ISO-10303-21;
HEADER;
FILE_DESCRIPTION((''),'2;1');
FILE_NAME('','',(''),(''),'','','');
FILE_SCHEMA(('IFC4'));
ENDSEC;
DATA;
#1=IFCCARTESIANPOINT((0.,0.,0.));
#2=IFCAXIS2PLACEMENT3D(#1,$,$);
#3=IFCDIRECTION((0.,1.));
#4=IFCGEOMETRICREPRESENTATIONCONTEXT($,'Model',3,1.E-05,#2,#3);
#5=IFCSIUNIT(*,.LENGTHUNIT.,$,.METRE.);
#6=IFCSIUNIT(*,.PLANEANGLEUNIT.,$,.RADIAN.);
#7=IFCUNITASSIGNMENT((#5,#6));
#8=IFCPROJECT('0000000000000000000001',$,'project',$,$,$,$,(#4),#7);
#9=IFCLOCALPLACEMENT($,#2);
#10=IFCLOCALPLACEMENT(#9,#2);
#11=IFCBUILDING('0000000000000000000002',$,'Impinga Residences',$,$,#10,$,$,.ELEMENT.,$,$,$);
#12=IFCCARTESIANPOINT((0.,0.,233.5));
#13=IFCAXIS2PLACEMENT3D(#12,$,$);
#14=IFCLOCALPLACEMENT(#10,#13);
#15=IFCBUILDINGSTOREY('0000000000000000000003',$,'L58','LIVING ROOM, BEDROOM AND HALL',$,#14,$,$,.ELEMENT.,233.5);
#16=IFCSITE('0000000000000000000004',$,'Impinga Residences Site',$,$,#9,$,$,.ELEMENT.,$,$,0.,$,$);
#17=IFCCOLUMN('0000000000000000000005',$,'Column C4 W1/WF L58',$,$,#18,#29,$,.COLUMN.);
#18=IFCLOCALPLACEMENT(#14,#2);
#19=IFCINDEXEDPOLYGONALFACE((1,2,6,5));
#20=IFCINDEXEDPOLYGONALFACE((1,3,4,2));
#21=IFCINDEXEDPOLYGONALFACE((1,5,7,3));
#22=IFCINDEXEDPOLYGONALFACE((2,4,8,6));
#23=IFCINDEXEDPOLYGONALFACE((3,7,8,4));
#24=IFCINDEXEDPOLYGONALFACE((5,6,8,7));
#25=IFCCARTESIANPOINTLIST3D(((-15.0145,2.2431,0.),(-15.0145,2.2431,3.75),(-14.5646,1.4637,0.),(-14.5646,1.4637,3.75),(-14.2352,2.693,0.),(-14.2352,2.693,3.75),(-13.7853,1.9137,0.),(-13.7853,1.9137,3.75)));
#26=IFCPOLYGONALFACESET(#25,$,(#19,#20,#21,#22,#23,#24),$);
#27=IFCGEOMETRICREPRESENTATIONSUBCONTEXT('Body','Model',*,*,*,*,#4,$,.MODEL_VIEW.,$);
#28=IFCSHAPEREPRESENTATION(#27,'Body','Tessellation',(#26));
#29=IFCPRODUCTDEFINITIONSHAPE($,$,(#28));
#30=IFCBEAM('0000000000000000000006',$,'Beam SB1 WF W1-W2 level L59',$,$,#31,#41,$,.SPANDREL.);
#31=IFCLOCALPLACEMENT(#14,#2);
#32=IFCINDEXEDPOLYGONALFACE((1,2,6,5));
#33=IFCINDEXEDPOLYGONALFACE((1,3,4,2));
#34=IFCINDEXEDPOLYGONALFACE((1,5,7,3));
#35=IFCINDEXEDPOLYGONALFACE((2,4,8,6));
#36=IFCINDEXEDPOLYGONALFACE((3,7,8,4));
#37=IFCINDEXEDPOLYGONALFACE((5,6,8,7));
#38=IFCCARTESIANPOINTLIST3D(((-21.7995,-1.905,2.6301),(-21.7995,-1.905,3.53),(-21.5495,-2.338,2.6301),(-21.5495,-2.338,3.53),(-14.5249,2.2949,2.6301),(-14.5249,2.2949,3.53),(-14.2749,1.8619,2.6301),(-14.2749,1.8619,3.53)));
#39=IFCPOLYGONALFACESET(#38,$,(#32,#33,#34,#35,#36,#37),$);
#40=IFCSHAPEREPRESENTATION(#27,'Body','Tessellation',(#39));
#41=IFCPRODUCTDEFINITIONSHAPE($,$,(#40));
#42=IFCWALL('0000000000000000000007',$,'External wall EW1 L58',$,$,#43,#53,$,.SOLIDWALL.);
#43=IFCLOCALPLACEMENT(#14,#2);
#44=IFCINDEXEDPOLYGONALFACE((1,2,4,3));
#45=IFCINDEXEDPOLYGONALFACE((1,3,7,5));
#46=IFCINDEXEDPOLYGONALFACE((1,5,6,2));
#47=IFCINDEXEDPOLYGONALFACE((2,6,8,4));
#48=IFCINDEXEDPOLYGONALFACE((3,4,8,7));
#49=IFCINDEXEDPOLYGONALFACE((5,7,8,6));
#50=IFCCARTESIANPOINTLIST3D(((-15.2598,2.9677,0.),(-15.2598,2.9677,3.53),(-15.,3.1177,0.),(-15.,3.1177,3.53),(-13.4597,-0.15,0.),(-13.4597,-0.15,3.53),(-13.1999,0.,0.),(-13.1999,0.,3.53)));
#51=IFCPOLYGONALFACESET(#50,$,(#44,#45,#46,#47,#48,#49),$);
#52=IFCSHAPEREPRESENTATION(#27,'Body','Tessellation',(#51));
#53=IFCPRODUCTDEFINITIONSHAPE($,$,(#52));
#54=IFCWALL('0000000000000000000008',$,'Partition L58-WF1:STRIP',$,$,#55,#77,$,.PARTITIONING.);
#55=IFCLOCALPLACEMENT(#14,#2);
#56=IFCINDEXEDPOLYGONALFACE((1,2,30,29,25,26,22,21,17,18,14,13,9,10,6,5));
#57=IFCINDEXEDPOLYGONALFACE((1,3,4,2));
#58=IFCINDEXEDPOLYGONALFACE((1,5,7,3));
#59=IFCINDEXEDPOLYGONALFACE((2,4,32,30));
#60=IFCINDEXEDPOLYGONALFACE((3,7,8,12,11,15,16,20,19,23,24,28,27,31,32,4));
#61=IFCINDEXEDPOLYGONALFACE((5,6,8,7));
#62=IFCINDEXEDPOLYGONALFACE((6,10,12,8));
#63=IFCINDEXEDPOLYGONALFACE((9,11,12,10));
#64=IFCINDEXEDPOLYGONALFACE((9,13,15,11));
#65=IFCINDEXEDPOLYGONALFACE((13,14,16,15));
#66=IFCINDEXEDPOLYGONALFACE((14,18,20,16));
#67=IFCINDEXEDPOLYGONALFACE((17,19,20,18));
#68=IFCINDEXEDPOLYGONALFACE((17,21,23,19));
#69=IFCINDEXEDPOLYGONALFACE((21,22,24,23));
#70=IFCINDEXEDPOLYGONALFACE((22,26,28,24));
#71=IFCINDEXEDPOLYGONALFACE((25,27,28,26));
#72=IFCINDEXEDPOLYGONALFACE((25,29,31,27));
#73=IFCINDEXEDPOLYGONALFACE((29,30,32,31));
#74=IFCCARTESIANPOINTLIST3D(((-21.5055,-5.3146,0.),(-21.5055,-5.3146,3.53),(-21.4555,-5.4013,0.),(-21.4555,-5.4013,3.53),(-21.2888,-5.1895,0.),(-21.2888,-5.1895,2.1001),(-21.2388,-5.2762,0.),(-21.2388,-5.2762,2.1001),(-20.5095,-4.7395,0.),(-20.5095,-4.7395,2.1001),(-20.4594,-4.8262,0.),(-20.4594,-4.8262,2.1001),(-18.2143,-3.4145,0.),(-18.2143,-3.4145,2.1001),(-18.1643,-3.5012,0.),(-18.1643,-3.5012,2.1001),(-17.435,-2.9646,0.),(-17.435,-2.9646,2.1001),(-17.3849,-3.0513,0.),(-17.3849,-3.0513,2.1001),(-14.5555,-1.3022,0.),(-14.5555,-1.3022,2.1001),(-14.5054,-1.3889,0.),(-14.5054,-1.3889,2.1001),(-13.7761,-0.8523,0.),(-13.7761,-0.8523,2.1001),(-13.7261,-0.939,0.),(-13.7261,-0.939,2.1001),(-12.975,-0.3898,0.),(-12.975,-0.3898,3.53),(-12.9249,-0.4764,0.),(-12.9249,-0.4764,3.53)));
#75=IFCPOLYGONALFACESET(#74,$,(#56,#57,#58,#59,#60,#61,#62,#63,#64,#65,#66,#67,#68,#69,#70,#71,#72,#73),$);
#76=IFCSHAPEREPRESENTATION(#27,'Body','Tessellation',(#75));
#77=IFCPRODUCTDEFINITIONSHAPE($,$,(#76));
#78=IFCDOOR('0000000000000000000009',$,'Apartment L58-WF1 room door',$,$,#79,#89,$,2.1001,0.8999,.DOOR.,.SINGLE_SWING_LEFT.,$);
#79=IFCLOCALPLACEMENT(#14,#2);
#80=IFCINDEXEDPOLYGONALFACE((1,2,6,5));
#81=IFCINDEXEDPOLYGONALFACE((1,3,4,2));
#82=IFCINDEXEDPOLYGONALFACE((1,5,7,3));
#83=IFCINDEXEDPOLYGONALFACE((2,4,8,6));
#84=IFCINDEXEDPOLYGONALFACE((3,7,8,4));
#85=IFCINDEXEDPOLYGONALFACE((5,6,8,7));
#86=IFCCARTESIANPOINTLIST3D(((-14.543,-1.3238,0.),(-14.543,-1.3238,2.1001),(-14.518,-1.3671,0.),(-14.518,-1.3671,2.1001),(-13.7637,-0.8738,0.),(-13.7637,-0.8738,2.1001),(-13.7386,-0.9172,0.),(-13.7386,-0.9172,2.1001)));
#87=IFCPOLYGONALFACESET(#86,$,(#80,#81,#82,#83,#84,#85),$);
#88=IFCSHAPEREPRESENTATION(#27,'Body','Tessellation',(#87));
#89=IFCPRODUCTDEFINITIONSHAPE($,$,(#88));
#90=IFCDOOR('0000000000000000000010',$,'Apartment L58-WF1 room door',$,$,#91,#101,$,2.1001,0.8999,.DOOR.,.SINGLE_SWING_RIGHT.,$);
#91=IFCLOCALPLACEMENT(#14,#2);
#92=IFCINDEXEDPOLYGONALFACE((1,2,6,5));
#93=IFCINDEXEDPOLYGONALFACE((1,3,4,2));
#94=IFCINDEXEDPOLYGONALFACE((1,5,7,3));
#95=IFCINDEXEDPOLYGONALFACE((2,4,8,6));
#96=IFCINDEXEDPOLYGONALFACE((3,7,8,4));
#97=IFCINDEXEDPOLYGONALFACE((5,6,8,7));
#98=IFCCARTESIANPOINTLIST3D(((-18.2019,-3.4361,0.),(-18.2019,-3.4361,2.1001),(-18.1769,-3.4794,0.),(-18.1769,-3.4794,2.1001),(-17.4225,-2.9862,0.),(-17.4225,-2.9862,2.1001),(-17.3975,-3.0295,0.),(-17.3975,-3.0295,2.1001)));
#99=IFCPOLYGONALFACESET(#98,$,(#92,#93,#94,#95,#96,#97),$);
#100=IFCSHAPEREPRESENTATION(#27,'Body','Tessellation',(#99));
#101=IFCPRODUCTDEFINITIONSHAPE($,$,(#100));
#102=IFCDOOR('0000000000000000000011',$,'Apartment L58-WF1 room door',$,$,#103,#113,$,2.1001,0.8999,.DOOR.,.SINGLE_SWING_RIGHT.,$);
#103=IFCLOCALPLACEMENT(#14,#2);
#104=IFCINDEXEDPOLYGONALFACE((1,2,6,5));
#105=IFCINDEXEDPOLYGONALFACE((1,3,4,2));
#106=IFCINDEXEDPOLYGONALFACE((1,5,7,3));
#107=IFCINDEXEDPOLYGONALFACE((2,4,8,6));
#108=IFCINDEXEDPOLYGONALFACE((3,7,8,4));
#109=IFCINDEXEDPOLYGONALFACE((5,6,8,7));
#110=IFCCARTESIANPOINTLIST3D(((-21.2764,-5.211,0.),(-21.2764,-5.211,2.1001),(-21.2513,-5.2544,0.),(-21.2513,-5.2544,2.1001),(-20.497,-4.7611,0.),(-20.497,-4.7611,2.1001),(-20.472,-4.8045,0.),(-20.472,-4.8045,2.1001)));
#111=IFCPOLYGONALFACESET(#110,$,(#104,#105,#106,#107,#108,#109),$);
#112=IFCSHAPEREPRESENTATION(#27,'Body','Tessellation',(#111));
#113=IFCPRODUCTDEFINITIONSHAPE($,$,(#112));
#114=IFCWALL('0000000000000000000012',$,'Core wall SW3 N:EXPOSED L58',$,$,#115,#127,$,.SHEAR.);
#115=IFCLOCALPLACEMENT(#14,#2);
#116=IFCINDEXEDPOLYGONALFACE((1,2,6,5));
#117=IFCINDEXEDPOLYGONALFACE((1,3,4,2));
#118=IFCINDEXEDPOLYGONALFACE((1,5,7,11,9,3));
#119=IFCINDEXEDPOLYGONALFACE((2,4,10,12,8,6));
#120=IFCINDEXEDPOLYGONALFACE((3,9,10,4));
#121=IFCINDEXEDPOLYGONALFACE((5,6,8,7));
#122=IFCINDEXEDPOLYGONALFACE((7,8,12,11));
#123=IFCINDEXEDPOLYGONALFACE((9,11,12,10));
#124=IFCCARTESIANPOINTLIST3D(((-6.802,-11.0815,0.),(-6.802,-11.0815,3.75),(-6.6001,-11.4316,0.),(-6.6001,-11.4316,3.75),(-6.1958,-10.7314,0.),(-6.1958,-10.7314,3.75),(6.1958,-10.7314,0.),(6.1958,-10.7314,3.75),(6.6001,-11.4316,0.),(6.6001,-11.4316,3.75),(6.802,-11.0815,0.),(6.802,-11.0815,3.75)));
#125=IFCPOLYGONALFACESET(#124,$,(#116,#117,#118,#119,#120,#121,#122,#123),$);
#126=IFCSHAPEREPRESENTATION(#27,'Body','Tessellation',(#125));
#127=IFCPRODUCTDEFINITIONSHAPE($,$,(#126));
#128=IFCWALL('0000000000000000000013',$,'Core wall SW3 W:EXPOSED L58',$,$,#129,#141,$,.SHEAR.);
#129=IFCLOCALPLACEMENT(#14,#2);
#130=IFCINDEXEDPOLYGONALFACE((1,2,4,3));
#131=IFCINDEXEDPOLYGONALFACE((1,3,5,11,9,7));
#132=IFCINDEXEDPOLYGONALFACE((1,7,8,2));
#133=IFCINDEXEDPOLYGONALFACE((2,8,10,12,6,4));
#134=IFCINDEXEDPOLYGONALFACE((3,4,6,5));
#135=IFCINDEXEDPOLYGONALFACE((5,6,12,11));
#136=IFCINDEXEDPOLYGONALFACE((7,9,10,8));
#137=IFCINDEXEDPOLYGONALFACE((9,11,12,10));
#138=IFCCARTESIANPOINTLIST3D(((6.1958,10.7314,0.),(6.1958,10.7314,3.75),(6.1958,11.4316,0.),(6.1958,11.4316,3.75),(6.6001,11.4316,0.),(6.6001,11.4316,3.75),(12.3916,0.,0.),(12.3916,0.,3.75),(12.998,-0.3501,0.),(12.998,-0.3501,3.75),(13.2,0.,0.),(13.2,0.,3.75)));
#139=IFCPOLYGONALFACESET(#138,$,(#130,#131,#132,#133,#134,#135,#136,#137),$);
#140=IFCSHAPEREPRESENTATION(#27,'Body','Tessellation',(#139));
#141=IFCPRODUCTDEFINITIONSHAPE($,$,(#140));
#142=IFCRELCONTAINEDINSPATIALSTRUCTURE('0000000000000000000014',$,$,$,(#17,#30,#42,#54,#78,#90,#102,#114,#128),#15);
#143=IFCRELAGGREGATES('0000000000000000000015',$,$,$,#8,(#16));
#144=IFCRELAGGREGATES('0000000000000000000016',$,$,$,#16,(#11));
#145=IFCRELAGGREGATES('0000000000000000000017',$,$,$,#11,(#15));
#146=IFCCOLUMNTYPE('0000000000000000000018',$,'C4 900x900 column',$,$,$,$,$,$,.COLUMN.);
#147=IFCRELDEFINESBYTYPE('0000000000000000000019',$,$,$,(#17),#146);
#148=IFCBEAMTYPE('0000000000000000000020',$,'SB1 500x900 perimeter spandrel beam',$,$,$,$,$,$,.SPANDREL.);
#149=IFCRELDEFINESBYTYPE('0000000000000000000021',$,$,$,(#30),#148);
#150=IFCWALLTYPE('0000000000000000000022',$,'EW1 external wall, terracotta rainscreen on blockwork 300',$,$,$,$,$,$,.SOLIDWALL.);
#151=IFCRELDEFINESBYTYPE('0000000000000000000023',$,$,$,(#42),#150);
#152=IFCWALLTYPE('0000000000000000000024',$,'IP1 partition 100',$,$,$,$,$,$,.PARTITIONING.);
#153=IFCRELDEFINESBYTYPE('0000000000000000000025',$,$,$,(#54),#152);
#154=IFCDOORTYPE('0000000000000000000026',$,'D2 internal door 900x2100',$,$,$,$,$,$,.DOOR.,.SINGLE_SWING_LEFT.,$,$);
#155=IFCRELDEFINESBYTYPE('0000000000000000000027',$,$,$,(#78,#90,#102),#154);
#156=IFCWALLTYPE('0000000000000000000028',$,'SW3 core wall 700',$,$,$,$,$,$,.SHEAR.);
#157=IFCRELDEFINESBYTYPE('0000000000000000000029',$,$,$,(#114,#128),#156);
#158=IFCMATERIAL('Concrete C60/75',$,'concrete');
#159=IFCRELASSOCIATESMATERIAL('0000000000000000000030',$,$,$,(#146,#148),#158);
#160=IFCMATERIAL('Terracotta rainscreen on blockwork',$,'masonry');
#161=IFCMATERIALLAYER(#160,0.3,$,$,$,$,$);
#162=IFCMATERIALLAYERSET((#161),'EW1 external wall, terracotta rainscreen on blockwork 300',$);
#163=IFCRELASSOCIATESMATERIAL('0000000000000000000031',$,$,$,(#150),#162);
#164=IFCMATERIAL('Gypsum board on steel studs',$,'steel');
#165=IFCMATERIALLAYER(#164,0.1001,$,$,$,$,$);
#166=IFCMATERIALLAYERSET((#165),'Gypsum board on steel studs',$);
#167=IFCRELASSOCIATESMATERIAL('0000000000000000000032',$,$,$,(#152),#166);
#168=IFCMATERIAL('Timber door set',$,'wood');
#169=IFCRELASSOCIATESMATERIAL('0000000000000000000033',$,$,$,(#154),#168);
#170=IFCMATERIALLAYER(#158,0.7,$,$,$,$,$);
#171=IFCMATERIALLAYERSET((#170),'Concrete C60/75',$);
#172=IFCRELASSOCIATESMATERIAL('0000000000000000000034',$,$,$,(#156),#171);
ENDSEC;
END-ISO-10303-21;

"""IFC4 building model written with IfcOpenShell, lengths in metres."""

from ifc_helpers import new_model, si_unit, direction, frame, frame_2d, origin, origin_2d, place, context, subcontext, project, spatial, polyline, rectangle, outline, extrude, material, layer, layer_set, material_profile, profile_set, type_object, element, fill, save


model = new_model("IFC4")

# Units and contexts
model_context = context("Model", 3, precision=1e-05, world=origin(), true_north=direction((0.0, 1.0)))
body_context = subcontext(model_context, "Body", "Model", "MODEL_VIEW")
ifc_project = project(units=[si_unit("LENGTHUNIT", "METRE"), si_unit("PLANEANGLEUNIT", "RADIAN")], contexts=[model_context])

# Site, building, storey
site_placement = place(None, origin())
site = spatial("IfcSite", under=ifc_project, at=site_placement, Name="Impinga Residences Site", CompositionType="ELEMENT", RefElevation=0.0)
building_placement = place(site_placement, origin())
building = spatial("IfcBuilding", under=site, at=building_placement, Name="Impinga Residences", CompositionType="ELEMENT")
storey_placement = place(building_placement, frame((0.0, 0.0, 233.5)))
storey = spatial("IfcBuildingStorey", under=building, at=storey_placement, Name="L58", Description="LIVING ROOM, BEDROOM AND HALL", CompositionType="ELEMENT", Elevation=233.5)

# Column
ifc_material_1 = material(Name="Concrete C60/75", Category="concrete")
ifc_material_profile_1 = material_profile(ifc_material_1, rectangle(XDim=0.8999, YDim=0.8999, at=origin_2d()), Name="RC 900x900")
ifc_profile_set_1 = profile_set([ifc_material_profile_1], Name="Concrete C60/75")
column_type = type_object("IfcColumnType", Name="C4 900x900 column", PredefinedType="COLUMN", material=ifc_profile_set_1)
column_placement = place(storey_placement, frame((-14.3999, 2.0784, 0.0), z_axis=(0.0, 0.0, 1.0), x_axis=(-0.5, 0.866025, 0.0)))
element("IfcColumn", 1, at=column_placement, inside=storey, type_object=column_type, Name="Column C4 W1/WF L58", PredefinedType="COLUMN", context=body_context, shape_type="SweptSolid", body=[
    extrude(rectangle(XDim=0.8999, YDim=0.8999, at=origin_2d()), origin(), (0.0, 0.0, 1.0), 3.75),
])

# Beam
ifc_material_profile_2 = material_profile(ifc_material_1, rectangle(XDim=0.5, YDim=0.8999, at=origin_2d()), Name="RC 500x900")
ifc_profile_set_2 = profile_set([ifc_material_profile_2], Name="Concrete C60/75")
beam_type = type_object("IfcBeamType", Name="SB1 500x900 perimeter spandrel beam", PredefinedType="SPANDREL", material=ifc_profile_set_2)
beam_placement = place(storey_placement, frame((-14.3999, 2.0784, 3.0801), z_axis=(-0.866029, -0.499993, 0.0), x_axis=(0.499993, -0.866029, 0.0)))
element("IfcBeam", 2, at=beam_placement, inside=storey, type_object=beam_type, Name="Beam SB1 WF W1-W2 level L59", PredefinedType="SPANDREL", context=body_context, shape_type="SweptSolid", body=[
    extrude(rectangle(XDim=0.5, YDim=0.8999, at=origin_2d()), origin(), (0.0, 0.0, 1.0), 8.3999),
])

# Wall
ifc_material_2 = material(Name="Terracotta rainscreen on blockwork", Category="masonry")
ifc_layer_1 = layer(ifc_material_2, 0.3)
ifc_layer_set_1 = layer_set([ifc_layer_1], Name="EW1 external wall, terracotta rainscreen on blockwork 300")
wall_type_1 = type_object("IfcWallType", Name="EW1 external wall, terracotta rainscreen on blockwork 300", PredefinedType="SOLIDWALL", material=ifc_layer_set_1)
wall_1_placement = place(storey_placement, frame((-15.1299, 3.0427, 0.0), z_axis=(0.0, 0.0, 1.0), x_axis=(0.500012, -0.866018, 0.0)))
element("IfcWall", 3, at=wall_1_placement, inside=storey, type_object=wall_type_1, Name="External wall EW1 L58", PredefinedType="SOLIDWALL", context=body_context, shape_type="SweptSolid", body=[
    extrude(rectangle(XDim=3.6001, YDim=0.3, at=frame_2d((1.8, 0.0))), origin(), (0.0, 0.0, 1.0), 3.53),
])

# Wall, openings, doors
ifc_material_3 = material(Name="Gypsum board on steel studs", Category="steel")
ifc_layer_2 = layer(ifc_material_3, 0.1001)
ifc_layer_set_2 = layer_set([ifc_layer_2], Name="Gypsum board on steel studs")
wall_type_2 = type_object("IfcWallType", Name="IP1 partition 100", PredefinedType="PARTITIONING", material=ifc_layer_set_2)
wall_2_placement = place(storey_placement, frame((-12.95, -0.4331, 0.0), z_axis=(0.0, 0.0, 1.0), x_axis=(-0.866038, -0.499978, 0.0)))
wall_2 = element("IfcWall", 4, at=wall_2_placement, inside=storey, type_object=wall_type_2, Name="Partition L58-WF1:STRIP", PredefinedType="PARTITIONING", context=body_context, shape_type="SweptSolid", body=[
    extrude(rectangle(XDim=9.8501, YDim=0.1001, at=frame_2d((4.925, 0.0))), origin(), (0.0, 0.0, 1.0), 3.53),
])
opening_1_placement = place(wall_2_placement, frame((0.925, 0.0, 0.0)))
opening_1 = element("IfcOpeningElement", 5, at=opening_1_placement, cuts=wall_2, PredefinedType="OPENING", context=body_context, shape_type="SweptSolid", body=[
    extrude(rectangle(XDim=0.8999, YDim=2.1001, at=frame_2d((0.45, 1.05))), frame((0.0, 0.0601, 0.0), z_axis=(0.0, -1.0, 0.0), x_axis=(1.0, 0.0, 0.0)), (0.0, 0.0, 1.0), 0.1201),
])
opening_2_placement = place(wall_2_placement, frame((5.1499, 0.0, 0.0)))
opening_2 = element("IfcOpeningElement", 6, at=opening_2_placement, cuts=wall_2, PredefinedType="OPENING", context=body_context, shape_type="SweptSolid", body=[
    extrude(rectangle(XDim=0.8999, YDim=2.1001, at=frame_2d((0.45, 1.05))), frame((0.0, 0.0601, 0.0), z_axis=(0.0, -1.0, 0.0), x_axis=(1.0, 0.0, 0.0)), (0.0, 0.0, 1.0), 0.1201),
])
opening_3_placement = place(wall_2_placement, frame((8.7, 0.0, 0.0)))
opening_3 = element("IfcOpeningElement", 7, at=opening_3_placement, cuts=wall_2, PredefinedType="OPENING", context=body_context, shape_type="SweptSolid", body=[
    extrude(rectangle(XDim=0.8999, YDim=2.1001, at=frame_2d((0.45, 1.05))), frame((0.0, 0.0601, 0.0), z_axis=(0.0, -1.0, 0.0), x_axis=(1.0, 0.0, 0.0)), (0.0, 0.0, 1.0), 0.1201),
])
ifc_material_4 = material(Name="Timber door set", Category="wood")
door_type_1 = type_object("IfcDoorType", Name="D2 internal door 900x2100", OperationType="SINGLE_SWING_LEFT", PredefinedType="DOOR", material=ifc_material_4)
door_1_placement = place(opening_1_placement, origin())
door_1 = element("IfcDoor", 8, at=door_1_placement, inside=storey, type_object=door_type_1, Name="Apartment L58-WF1 room door", OperationType="SINGLE_SWING_LEFT", OverallHeight=2.1001, OverallWidth=0.8999, PredefinedType="DOOR", context=body_context, shape_type="SweptSolid", body=[
    extrude(rectangle(XDim=0.8999, YDim=2.1001, at=frame_2d((0.45, 1.05))), frame((0.0, 0.0249, 0.0), z_axis=(0.0, -1.0, 0.0), x_axis=(1.0, 0.0, 0.0)), (0.0, 0.0, 1.0), 0.05),
])
fill(opening_1, door_1)
door_2_placement = place(opening_2_placement, origin())
door_2 = element("IfcDoor", 9, at=door_2_placement, inside=storey, type_object=door_type_1, Name="Apartment L58-WF1 room door", OperationType="SINGLE_SWING_RIGHT", OverallHeight=2.1001, OverallWidth=0.8999, PredefinedType="DOOR", context=body_context, shape_type="SweptSolid", body=[
    extrude(rectangle(XDim=0.8999, YDim=2.1001, at=frame_2d((0.45, 1.05))), frame((0.0, 0.0249, 0.0), z_axis=(0.0, -1.0, 0.0), x_axis=(1.0, 0.0, 0.0)), (0.0, 0.0, 1.0), 0.05),
])
fill(opening_2, door_2)
door_3_placement = place(opening_3_placement, origin())
door_3 = element("IfcDoor", 10, at=door_3_placement, inside=storey, type_object=door_type_1, Name="Apartment L58-WF1 room door", OperationType="SINGLE_SWING_RIGHT", OverallHeight=2.1001, OverallWidth=0.8999, PredefinedType="DOOR", context=body_context, shape_type="SweptSolid", body=[
    extrude(rectangle(XDim=0.8999, YDim=2.1001, at=frame_2d((0.45, 1.05))), frame((0.0, 0.0249, 0.0), z_axis=(0.0, -1.0, 0.0), x_axis=(1.0, 0.0, 0.0)), (0.0, 0.0, 1.0), 0.05),
])
fill(opening_3, door_3)

# Walls
ifc_layer_3 = layer(ifc_material_1, 0.7)
ifc_layer_set_3 = layer_set([ifc_layer_3], Name="Concrete C60/75")
wall_type_3 = type_object("IfcWallType", Name="SW3 core wall 700", PredefinedType="SHEAR", material=ifc_layer_set_3)
wall_3_placement = place(storey_placement, origin())
element("IfcWall", 11, at=wall_3_placement, inside=storey, type_object=wall_type_3, Name="Core wall SW3 N:EXPOSED L58", PredefinedType="SHEAR", context=body_context, shape_type="SweptSolid", body=[
    extrude(outline(polyline([(-6.6001, -11.4316), (6.6001, -11.4316), (6.802, -11.0815), (6.1958, -10.7314), (-6.1958, -10.7314), (-6.802, -11.0815), (-6.6001, -11.4316)])), origin(), (0.0, 0.0, 1.0), 3.75),
])
wall_4_placement = place(storey_placement, origin())
element("IfcWall", 12, at=wall_4_placement, inside=storey, type_object=wall_type_3, Name="Core wall SW3 W:EXPOSED L58", PredefinedType="SHEAR", context=body_context, shape_type="SweptSolid", body=[
    extrude(outline(polyline([(13.2, 0.0), (6.6001, 11.4316), (6.1958, 11.4316), (6.1958, 10.7314), (12.3916, 0.0), (12.998, -0.3501), (13.2, 0.0)])), origin(), (0.0, 0.0, 1.0), 3.75),
])

save(model, "model.ifc")
